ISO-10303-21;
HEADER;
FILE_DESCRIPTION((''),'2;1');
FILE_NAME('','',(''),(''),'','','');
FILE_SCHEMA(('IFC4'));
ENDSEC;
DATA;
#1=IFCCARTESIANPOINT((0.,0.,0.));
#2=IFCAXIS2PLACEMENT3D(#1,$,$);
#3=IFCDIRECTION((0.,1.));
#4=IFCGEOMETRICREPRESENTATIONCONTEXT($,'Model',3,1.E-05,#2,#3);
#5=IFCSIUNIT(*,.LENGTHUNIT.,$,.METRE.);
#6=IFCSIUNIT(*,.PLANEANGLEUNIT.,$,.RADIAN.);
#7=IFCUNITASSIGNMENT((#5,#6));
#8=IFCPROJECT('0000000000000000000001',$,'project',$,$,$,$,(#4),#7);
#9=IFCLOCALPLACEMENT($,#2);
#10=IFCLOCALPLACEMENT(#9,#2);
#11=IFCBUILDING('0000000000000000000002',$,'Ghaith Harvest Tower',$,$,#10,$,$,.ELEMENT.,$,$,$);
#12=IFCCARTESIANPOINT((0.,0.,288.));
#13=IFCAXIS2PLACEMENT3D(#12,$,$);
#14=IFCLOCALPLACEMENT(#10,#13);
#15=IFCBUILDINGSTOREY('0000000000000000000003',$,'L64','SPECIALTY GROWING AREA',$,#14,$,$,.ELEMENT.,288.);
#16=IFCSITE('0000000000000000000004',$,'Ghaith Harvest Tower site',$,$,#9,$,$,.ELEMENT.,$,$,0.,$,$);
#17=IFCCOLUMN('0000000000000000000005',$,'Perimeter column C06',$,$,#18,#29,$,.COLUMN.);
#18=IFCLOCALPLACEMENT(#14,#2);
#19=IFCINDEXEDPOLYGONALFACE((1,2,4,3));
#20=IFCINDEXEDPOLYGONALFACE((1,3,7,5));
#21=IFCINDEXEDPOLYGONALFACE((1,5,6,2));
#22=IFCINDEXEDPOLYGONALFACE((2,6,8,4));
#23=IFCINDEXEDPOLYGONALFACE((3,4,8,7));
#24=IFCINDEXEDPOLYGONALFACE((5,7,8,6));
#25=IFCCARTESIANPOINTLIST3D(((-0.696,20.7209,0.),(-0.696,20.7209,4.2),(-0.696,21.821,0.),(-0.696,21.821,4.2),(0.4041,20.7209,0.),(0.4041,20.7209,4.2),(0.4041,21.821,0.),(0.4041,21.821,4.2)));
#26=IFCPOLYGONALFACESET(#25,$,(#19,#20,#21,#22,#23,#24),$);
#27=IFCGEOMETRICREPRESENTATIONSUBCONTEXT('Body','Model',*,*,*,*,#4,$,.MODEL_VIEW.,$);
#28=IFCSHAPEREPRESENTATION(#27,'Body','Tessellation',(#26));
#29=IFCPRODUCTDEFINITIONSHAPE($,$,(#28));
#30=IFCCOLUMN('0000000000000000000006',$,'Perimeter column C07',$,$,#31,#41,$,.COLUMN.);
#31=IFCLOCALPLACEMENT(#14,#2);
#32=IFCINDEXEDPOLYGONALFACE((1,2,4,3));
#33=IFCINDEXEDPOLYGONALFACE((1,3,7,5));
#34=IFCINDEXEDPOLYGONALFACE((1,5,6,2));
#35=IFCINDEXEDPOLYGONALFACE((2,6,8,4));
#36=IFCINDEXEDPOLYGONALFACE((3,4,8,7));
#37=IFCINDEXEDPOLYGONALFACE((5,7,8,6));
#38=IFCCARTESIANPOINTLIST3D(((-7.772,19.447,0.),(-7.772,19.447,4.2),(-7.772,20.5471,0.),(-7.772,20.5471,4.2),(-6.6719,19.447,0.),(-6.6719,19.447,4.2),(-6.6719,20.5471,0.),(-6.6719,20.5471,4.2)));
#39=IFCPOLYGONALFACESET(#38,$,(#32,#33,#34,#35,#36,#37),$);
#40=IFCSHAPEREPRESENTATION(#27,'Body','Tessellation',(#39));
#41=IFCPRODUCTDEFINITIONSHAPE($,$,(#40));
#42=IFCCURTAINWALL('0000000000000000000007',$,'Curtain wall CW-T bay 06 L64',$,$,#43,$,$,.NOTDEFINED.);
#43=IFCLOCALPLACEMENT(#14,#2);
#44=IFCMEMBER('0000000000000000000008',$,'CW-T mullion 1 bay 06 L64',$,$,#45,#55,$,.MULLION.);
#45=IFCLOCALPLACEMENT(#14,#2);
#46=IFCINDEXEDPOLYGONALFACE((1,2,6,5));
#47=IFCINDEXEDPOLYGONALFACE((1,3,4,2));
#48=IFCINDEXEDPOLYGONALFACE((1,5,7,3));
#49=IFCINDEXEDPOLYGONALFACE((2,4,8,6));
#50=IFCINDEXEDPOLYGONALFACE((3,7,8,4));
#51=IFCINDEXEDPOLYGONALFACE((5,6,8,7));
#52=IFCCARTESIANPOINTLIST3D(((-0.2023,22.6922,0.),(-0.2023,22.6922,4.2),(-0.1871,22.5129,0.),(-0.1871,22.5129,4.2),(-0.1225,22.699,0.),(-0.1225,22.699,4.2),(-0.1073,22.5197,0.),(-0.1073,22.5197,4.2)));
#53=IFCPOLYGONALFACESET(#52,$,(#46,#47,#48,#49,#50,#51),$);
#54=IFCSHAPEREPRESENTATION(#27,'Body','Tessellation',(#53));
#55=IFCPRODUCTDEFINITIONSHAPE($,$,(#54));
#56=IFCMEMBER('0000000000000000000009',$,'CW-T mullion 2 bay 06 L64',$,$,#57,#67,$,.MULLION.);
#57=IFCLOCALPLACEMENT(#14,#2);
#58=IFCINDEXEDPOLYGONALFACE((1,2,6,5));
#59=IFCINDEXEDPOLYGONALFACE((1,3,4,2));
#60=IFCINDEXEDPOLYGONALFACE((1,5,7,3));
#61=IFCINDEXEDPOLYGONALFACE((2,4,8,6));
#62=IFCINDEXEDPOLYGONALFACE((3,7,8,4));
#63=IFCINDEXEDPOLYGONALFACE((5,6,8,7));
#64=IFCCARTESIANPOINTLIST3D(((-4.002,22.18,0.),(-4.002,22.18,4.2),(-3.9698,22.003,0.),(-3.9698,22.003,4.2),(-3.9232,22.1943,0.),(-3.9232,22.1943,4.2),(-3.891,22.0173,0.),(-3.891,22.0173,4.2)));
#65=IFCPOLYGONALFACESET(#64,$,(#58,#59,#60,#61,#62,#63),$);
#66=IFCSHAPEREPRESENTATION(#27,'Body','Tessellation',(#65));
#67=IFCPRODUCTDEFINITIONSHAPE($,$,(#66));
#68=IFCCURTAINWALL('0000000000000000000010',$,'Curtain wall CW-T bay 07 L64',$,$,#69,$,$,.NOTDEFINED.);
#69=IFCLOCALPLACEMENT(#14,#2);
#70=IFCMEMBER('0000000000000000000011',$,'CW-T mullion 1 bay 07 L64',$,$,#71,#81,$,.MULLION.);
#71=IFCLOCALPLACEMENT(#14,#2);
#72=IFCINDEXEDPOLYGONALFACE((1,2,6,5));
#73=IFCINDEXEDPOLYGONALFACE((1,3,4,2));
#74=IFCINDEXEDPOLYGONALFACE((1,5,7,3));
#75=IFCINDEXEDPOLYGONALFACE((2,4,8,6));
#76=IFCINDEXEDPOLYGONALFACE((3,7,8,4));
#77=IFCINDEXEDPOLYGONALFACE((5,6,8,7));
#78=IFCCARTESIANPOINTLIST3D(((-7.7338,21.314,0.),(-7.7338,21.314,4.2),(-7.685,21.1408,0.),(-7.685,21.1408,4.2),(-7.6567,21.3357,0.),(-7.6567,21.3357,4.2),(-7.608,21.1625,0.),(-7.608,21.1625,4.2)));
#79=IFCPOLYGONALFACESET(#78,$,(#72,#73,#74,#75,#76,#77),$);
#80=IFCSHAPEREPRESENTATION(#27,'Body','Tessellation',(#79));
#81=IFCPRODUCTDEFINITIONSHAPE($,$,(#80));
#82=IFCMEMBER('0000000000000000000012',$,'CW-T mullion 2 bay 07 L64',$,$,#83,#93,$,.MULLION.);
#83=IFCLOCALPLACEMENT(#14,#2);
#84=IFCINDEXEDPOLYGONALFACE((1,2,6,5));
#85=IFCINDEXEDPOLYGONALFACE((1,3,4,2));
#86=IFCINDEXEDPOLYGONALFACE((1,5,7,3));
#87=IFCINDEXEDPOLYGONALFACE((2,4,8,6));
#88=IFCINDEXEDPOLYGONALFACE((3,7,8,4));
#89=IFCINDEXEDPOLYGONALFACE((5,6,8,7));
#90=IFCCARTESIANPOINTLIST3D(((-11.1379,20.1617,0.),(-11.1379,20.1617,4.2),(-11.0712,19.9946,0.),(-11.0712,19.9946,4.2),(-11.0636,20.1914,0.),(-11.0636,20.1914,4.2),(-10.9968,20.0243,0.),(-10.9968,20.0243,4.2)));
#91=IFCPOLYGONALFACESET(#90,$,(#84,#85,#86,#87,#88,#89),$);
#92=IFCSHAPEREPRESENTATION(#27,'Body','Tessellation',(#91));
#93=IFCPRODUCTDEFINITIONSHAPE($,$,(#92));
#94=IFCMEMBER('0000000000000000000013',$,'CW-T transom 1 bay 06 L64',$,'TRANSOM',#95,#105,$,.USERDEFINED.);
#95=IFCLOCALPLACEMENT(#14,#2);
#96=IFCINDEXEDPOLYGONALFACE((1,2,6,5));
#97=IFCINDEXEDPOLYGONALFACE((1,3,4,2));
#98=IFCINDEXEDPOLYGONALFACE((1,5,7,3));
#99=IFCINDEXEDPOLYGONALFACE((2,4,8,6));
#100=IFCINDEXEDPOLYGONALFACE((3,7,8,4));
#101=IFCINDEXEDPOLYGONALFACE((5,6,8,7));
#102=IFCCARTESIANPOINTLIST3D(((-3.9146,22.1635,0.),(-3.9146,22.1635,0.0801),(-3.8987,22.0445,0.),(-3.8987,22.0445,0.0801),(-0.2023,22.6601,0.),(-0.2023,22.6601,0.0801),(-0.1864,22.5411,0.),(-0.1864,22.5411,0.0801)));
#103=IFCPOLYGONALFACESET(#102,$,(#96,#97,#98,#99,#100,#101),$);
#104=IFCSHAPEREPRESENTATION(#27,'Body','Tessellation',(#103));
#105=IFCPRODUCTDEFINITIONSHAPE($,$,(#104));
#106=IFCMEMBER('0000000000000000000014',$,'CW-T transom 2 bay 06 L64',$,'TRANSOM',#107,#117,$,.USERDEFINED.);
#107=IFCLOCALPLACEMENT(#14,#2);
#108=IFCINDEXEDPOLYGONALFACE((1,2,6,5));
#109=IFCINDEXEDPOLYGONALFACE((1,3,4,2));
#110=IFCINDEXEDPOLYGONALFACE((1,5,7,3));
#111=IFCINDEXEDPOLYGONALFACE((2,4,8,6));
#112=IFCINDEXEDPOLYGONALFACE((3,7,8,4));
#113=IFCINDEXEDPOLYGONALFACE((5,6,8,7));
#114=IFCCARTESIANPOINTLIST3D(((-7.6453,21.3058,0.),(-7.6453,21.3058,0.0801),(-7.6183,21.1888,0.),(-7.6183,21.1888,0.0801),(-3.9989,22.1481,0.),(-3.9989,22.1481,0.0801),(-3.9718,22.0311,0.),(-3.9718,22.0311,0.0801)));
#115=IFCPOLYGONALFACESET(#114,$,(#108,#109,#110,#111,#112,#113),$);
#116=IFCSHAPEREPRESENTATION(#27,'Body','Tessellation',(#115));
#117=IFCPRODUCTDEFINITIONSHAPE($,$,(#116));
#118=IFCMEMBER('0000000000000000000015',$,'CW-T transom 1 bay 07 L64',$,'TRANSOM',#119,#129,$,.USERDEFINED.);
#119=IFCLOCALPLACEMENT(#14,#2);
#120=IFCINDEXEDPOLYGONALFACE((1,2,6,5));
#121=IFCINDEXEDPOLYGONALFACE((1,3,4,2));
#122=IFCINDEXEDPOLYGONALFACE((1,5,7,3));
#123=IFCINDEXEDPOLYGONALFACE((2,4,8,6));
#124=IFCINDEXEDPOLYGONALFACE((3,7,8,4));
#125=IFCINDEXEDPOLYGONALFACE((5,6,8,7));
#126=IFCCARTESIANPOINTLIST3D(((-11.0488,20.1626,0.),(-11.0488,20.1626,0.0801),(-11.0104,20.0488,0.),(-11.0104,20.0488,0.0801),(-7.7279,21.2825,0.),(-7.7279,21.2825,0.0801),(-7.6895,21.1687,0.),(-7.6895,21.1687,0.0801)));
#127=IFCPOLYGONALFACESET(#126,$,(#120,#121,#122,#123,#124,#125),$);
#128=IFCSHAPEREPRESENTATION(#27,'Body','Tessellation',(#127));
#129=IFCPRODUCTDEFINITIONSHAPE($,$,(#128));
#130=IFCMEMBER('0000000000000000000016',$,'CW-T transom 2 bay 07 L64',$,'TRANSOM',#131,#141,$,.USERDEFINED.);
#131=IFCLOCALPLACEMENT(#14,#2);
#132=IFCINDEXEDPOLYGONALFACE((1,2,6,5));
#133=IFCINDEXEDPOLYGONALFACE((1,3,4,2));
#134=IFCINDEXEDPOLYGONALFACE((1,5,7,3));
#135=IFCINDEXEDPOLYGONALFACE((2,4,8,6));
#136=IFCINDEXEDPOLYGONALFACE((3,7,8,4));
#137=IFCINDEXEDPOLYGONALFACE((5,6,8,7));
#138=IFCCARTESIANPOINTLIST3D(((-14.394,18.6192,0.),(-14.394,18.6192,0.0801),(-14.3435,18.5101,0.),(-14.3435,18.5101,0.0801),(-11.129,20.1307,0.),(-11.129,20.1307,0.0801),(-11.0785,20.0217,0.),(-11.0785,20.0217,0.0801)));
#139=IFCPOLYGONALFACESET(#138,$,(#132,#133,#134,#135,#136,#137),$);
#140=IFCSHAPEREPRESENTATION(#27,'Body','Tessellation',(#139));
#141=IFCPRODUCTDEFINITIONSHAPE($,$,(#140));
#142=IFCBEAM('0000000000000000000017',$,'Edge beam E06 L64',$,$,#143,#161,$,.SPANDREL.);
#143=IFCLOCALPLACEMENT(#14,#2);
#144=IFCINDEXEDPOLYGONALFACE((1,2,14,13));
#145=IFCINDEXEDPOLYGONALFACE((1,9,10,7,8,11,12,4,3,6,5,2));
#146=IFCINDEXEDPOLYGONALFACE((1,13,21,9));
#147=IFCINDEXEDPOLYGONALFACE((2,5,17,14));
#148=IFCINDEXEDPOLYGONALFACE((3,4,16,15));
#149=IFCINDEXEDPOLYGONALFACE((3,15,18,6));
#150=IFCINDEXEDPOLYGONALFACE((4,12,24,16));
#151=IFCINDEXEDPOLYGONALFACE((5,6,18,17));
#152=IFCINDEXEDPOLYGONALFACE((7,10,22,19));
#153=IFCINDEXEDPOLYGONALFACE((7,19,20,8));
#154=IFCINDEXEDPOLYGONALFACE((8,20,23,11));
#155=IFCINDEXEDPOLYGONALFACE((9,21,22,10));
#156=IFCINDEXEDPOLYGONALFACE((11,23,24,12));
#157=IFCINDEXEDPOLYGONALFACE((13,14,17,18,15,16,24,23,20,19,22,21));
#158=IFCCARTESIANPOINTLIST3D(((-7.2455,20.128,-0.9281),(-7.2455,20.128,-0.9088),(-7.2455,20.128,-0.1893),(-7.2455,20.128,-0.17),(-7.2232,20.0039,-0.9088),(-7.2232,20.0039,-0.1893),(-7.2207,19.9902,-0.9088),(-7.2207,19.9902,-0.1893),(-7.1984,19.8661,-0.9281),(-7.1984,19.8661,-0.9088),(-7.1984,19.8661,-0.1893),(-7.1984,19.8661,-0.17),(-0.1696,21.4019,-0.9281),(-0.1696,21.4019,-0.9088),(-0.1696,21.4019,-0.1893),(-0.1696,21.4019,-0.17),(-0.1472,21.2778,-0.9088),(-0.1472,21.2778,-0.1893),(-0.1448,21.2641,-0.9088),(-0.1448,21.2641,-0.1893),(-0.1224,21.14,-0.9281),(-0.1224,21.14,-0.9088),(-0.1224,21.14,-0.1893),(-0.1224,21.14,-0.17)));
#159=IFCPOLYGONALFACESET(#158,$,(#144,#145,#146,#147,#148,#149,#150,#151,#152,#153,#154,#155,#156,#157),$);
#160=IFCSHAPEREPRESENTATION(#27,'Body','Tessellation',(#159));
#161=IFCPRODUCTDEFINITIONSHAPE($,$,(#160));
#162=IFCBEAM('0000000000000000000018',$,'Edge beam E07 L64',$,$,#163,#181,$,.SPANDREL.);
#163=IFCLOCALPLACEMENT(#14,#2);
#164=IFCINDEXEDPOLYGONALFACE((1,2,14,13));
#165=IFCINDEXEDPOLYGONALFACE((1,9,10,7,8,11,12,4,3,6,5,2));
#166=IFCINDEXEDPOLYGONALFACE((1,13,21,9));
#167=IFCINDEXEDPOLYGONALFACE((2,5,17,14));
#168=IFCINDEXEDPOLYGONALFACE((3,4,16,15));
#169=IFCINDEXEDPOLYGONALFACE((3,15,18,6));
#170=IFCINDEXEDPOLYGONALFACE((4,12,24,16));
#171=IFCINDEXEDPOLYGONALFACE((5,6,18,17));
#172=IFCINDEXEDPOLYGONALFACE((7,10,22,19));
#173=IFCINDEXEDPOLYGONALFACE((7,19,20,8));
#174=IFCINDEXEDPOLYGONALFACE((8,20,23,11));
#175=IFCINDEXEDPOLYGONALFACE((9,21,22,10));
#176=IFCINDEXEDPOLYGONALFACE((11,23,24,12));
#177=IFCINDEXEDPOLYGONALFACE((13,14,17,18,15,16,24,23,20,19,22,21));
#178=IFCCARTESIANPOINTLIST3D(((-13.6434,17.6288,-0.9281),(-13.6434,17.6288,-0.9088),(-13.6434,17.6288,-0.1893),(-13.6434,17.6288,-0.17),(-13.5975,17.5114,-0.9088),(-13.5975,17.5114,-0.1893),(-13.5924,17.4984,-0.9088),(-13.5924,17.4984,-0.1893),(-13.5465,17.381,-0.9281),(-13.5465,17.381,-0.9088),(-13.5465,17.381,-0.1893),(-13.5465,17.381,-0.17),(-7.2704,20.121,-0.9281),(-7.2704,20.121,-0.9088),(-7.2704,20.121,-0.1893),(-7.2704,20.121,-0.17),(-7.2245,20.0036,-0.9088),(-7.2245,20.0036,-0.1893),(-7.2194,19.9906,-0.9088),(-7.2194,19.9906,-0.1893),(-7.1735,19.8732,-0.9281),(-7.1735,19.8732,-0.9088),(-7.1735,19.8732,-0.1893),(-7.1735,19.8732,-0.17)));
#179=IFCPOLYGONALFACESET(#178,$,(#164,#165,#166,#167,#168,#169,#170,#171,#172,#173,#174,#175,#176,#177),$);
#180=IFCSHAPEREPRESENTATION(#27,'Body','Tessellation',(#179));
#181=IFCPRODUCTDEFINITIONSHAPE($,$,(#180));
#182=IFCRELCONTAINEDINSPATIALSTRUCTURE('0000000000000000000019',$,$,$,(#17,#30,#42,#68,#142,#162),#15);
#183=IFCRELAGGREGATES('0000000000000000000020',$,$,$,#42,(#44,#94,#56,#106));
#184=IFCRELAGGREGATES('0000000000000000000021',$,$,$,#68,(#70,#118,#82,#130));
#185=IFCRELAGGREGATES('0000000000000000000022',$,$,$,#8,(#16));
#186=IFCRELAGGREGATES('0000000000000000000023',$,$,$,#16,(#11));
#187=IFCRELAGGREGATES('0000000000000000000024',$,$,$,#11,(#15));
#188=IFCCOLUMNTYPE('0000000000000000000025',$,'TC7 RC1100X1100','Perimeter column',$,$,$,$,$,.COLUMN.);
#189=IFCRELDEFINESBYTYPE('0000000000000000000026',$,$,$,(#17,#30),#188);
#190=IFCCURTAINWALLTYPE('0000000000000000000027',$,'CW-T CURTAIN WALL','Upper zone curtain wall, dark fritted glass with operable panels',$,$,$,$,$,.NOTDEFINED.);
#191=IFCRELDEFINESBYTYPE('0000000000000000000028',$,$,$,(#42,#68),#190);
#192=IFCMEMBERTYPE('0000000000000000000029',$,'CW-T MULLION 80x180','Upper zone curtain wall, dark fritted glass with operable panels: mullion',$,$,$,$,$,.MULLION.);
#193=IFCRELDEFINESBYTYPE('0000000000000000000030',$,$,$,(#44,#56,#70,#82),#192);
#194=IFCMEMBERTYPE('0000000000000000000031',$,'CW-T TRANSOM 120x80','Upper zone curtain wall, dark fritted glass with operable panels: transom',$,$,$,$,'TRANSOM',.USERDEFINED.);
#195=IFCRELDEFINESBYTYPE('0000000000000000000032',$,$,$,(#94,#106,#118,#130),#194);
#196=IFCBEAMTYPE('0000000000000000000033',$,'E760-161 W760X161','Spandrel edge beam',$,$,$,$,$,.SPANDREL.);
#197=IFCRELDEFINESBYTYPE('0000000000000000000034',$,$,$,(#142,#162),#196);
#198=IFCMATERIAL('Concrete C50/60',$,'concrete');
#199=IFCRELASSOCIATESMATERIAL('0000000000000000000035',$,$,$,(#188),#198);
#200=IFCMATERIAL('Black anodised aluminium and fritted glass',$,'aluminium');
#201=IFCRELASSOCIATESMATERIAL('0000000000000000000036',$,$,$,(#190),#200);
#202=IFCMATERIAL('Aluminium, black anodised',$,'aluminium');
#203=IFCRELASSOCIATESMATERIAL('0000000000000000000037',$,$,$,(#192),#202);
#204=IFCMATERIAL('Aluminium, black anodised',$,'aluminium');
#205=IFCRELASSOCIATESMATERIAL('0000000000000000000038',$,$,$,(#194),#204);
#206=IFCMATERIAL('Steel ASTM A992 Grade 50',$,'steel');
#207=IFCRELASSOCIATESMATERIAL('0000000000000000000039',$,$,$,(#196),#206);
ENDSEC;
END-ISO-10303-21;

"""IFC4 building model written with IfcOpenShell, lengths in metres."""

from ifc_helpers import new_model, si_unit, direction, frame, origin, origin_2d, place, context, subcontext, project, spatial, rectangle, i_section, extrude, material, material_profile, profile_set, type_object, element, aggregate, save


model = new_model("IFC4")

# Units and contexts
model_context = context("Model", 3, precision=1e-05, world=origin(), true_north=direction((0.0, 1.0)))
body_context = subcontext(model_context, "Body", "Model", "MODEL_VIEW")
ifc_project = project(units=[si_unit("LENGTHUNIT", "METRE"), si_unit("PLANEANGLEUNIT", "RADIAN")], contexts=[model_context])

# Site, building, storey
site_placement = place(None, origin())
site = spatial("IfcSite", under=ifc_project, at=site_placement, Name="Ghaith Harvest Tower site", CompositionType="ELEMENT", RefElevation=0.0)
building_placement = place(site_placement, origin())
building = spatial("IfcBuilding", under=site, at=building_placement, Name="Ghaith Harvest Tower", CompositionType="ELEMENT")
storey_placement = place(building_placement, frame((0.0, 0.0, 288.0)))
storey = spatial("IfcBuildingStorey", under=building, at=storey_placement, Name="L64", Description="SPECIALTY GROWING AREA", CompositionType="ELEMENT", Elevation=288.0)

# Columns
ifc_material_1 = material(Name="Concrete C50/60", Category="concrete")
ifc_material_profile_1 = material_profile(ifc_material_1, rectangle(XDim=1.1001, YDim=1.1001, at=origin_2d()), Name="RC1100X1100")
ifc_profile_set_1 = profile_set([ifc_material_profile_1], Name="Concrete C50/60")
column_type = type_object("IfcColumnType", Name="TC7 RC1100X1100", Description="Perimeter column", PredefinedType="COLUMN", material=ifc_profile_set_1)
for number, where, z_axis, x_axis, name in (
    (1, (-0.146, 21.271, 0.0), (0.0, 0.0, 1.0), (1.0, 0.0, 0.0), "Perimeter column C06"),
    (2, (-7.2219, 19.9971, 0.0), (0.0, 0.0, 1.0), (1.0, 0.0, 0.0), "Perimeter column C07"),
):
    element("IfcColumn", number, at=place(storey_placement, frame(where, z_axis=z_axis, x_axis=x_axis)), inside=storey, type_object=column_type, Name=name, PredefinedType="COLUMN", context=body_context, shape_type="SweptSolid", body=[
        extrude(rectangle(XDim=1.1001, YDim=1.1001, at=origin_2d()), origin(), (0.0, 0.0, 1.0), 4.2),
    ])

# Curtain walls, members
ifc_material_2 = material(Name="Black anodised aluminium and fritted glass", Category="aluminium")
curtain_wall_type = type_object("IfcCurtainWallType", Name="CW-T CURTAIN WALL", Description="Upper zone curtain wall, dark fritted glass with operable panels", PredefinedType="NOTDEFINED", material=ifc_material_2)
curtain_wall_1_placement = place(storey_placement, origin())
curtain_wall_1 = element("IfcCurtainWall", 3, at=curtain_wall_1_placement, inside=storey, type_object=curtain_wall_type, Name="Curtain wall CW-T bay 06 L64", PredefinedType="NOTDEFINED")
ifc_material_3 = material(Name="Aluminium, black anodised", Category="aluminium")
ifc_material_profile_2 = material_profile(ifc_material_3, rectangle(XDim=0.0801, YDim=0.1799, at=origin_2d()), Name="CW-T MULLION 80x180")
ifc_profile_set_2 = profile_set([ifc_material_profile_2], Name="Aluminium, black anodised")
member_type_1 = type_object("IfcMemberType", Name="CW-T MULLION 80x180", Description="Upper zone curtain wall, dark fritted glass with operable panels: mullion", PredefinedType="MULLION", material=ifc_profile_set_2)
member_1_placement = place(storey_placement, frame((-0.1548, 22.606, 0.0), z_axis=(0.0, 0.0, 1.0), x_axis=(-0.996415, -0.084602, 0.0)))
member_1 = element("IfcMember", 4, at=member_1_placement, type_object=member_type_1, Name="CW-T mullion 1 bay 06 L64", PredefinedType="MULLION", context=body_context, shape_type="SweptSolid", body=[
    extrude(rectangle(XDim=0.0801, YDim=0.1799, at=origin_2d()), origin(), (0.0, 0.0, 1.0), 4.2),
])
member_2_placement = place(storey_placement, frame((-3.9465, 22.0986, 0.0), z_axis=(0.0, 0.0, 1.0), x_axis=(-0.983843, -0.179031, 0.0)))
member_2 = element("IfcMember", 5, at=member_2_placement, type_object=member_type_1, Name="CW-T mullion 2 bay 06 L64", PredefinedType="MULLION", context=body_context, shape_type="SweptSolid", body=[
    extrude(rectangle(XDim=0.0801, YDim=0.1799, at=origin_2d()), origin(), (0.0, 0.0, 1.0), 4.2),
])
curtain_wall_2_placement = place(storey_placement, origin())
curtain_wall_2 = element("IfcCurtainWall", 6, at=curtain_wall_2_placement, inside=storey, type_object=curtain_wall_type, Name="Curtain wall CW-T bay 07 L64", PredefinedType="NOTDEFINED")
member_3_placement = place(storey_placement, frame((-7.6709, 21.2383, 0.0), z_axis=(0.0, 0.0, 1.0), x_axis=(-0.962552, -0.271095, 0.0)))
member_3 = element("IfcMember", 7, at=member_3_placement, type_object=member_type_1, Name="CW-T mullion 1 bay 07 L64", PredefinedType="MULLION", context=body_context, shape_type="SweptSolid", body=[
    extrude(rectangle(XDim=0.0801, YDim=0.1799, at=origin_2d()), origin(), (0.0, 0.0, 1.0), 4.2),
])
member_4_placement = place(storey_placement, frame((-11.0674, 20.093, 0.0), z_axis=(0.0, 0.0, 1.0), x_axis=(-0.928624, -0.371021, 0.0)))
member_4 = element("IfcMember", 8, at=member_4_placement, type_object=member_type_1, Name="CW-T mullion 2 bay 07 L64", PredefinedType="MULLION", context=body_context, shape_type="SweptSolid", body=[
    extrude(rectangle(XDim=0.0801, YDim=0.1799, at=origin_2d()), origin(), (0.0, 0.0, 1.0), 4.2),
])

# Members
ifc_material_4 = material(Name="Aluminium, black anodised", Category="aluminium")
ifc_material_profile_3 = material_profile(ifc_material_4, rectangle(XDim=0.1201, YDim=0.0801, at=origin_2d()), Name="CW-T TRANSOM 120x80")
ifc_profile_set_3 = profile_set([ifc_material_profile_3], Name="Aluminium, black anodised")
member_type_2 = type_object("IfcMemberType", Name="CW-T TRANSOM 120x80", Description="Upper zone curtain wall, dark fritted glass with operable panels: transom", ElementType="TRANSOM", PredefinedType="USERDEFINED", material=ifc_profile_set_3)
member_5_placement = place(storey_placement, frame((-0.1943, 22.6006, 0.04), z_axis=(-0.991172, -0.132582, 0.0), x_axis=(0.132582, -0.991172, 0.0)))
member_5 = element("IfcMember", 9, at=member_5_placement, type_object=member_type_2, Name="CW-T transom 1 bay 06 L64", ObjectType="TRANSOM", PredefinedType="USERDEFINED", context=body_context, shape_type="SweptSolid", body=[
    extrude(rectangle(XDim=0.1201, YDim=0.0801, at=origin_2d()), origin(), (0.0, 0.0, 1.0), 3.7454),
])
member_6_placement = place(storey_placement, frame((-3.9854, 22.0896, 0.04), z_axis=(-0.974345, -0.22506, 0.0), x_axis=(0.22506, -0.974345, 0.0)))
member_6 = element("IfcMember", 10, at=member_6_placement, type_object=member_type_2, Name="CW-T transom 2 bay 06 L64", ObjectType="TRANSOM", PredefinedType="USERDEFINED", context=body_context, shape_type="SweptSolid", body=[
    extrude(rectangle(XDim=0.1201, YDim=0.0801, at=origin_2d()), origin(), (0.0, 0.0, 1.0), 3.7424),
])
member_7_placement = place(storey_placement, frame((-7.7087, 21.2256, 0.04), z_axis=(-0.94757, -0.319549, 0.0), x_axis=(0.319549, -0.94757, 0.0)))
member_7 = element("IfcMember", 11, at=member_7_placement, type_object=member_type_2, Name="CW-T transom 1 bay 07 L64", ObjectType="TRANSOM", PredefinedType="USERDEFINED", context=body_context, shape_type="SweptSolid", body=[
    extrude(rectangle(XDim=0.1201, YDim=0.0801, at=origin_2d()), origin(), (0.0, 0.0, 1.0), 3.5046),
])
member_8_placement = place(storey_placement, frame((-11.1038, 20.0762, 0.04), z_axis=(-0.907472, -0.420112, 0.0), x_axis=(0.420112, -0.907472, 0.0)))
member_8 = element("IfcMember", 12, at=member_8_placement, type_object=member_type_2, Name="CW-T transom 2 bay 07 L64", ObjectType="TRANSOM", PredefinedType="USERDEFINED", context=body_context, shape_type="SweptSolid", body=[
    extrude(rectangle(XDim=0.1201, YDim=0.0801, at=origin_2d()), origin(), (0.0, 0.0, 1.0), 3.5979),
])

# Beams
ifc_material_5 = material(Name="Steel ASTM A992 Grade 50", Category="steel")
ifc_material_profile_4 = material_profile(ifc_material_5, i_section(OverallWidth=0.2661, OverallDepth=0.7581, WebThickness=0.0139, FlangeThickness=0.0193, at=origin_2d()), Name="W760X161")
ifc_profile_set_4 = profile_set([ifc_material_profile_4], Name="Steel ASTM A992 Grade 50")
beam_type_1 = type_object("IfcBeamType", Name="E760-161 W760X161", Description="Spandrel edge beam", PredefinedType="SPANDREL", material=ifc_profile_set_4)
beam_1_placement = place(storey_placement, frame((-0.146, 21.271, -0.5491), z_axis=(-0.984177, -0.177188, 0.0), x_axis=(0.177188, -0.984177, 0.0)))
element("IfcBeam", 13, at=beam_1_placement, inside=storey, type_object=beam_type_1, Name="Edge beam E06 L64", PredefinedType="SPANDREL", context=body_context, shape_type="SweptSolid", body=[
    extrude(i_section(OverallWidth=0.2661, OverallDepth=0.7581, WebThickness=0.0139, FlangeThickness=0.0193, at=origin_2d()), origin(), (0.0, 0.0, 1.0), 7.1897),
])
beam_2_placement = place(storey_placement, frame((-7.2219, 19.9971, -0.5491), z_axis=(-0.931323, -0.364195, 0.0), x_axis=(0.364195, -0.931323, 0.0)))
element("IfcBeam", 14, at=beam_2_placement, inside=storey, type_object=beam_type_1, Name="Edge beam E07 L64", PredefinedType="SPANDREL", context=body_context, shape_type="SweptSolid", body=[
    extrude(i_section(OverallWidth=0.2661, OverallDepth=0.7581, WebThickness=0.0139, FlangeThickness=0.0193, at=origin_2d()), origin(), (0.0, 0.0, 1.0), 6.843),
])

aggregate(curtain_wall_1, [member_1, member_5, member_2, member_6])
aggregate(curtain_wall_2, [member_3, member_7, member_4, member_8])

save(model, "model.ifc")
